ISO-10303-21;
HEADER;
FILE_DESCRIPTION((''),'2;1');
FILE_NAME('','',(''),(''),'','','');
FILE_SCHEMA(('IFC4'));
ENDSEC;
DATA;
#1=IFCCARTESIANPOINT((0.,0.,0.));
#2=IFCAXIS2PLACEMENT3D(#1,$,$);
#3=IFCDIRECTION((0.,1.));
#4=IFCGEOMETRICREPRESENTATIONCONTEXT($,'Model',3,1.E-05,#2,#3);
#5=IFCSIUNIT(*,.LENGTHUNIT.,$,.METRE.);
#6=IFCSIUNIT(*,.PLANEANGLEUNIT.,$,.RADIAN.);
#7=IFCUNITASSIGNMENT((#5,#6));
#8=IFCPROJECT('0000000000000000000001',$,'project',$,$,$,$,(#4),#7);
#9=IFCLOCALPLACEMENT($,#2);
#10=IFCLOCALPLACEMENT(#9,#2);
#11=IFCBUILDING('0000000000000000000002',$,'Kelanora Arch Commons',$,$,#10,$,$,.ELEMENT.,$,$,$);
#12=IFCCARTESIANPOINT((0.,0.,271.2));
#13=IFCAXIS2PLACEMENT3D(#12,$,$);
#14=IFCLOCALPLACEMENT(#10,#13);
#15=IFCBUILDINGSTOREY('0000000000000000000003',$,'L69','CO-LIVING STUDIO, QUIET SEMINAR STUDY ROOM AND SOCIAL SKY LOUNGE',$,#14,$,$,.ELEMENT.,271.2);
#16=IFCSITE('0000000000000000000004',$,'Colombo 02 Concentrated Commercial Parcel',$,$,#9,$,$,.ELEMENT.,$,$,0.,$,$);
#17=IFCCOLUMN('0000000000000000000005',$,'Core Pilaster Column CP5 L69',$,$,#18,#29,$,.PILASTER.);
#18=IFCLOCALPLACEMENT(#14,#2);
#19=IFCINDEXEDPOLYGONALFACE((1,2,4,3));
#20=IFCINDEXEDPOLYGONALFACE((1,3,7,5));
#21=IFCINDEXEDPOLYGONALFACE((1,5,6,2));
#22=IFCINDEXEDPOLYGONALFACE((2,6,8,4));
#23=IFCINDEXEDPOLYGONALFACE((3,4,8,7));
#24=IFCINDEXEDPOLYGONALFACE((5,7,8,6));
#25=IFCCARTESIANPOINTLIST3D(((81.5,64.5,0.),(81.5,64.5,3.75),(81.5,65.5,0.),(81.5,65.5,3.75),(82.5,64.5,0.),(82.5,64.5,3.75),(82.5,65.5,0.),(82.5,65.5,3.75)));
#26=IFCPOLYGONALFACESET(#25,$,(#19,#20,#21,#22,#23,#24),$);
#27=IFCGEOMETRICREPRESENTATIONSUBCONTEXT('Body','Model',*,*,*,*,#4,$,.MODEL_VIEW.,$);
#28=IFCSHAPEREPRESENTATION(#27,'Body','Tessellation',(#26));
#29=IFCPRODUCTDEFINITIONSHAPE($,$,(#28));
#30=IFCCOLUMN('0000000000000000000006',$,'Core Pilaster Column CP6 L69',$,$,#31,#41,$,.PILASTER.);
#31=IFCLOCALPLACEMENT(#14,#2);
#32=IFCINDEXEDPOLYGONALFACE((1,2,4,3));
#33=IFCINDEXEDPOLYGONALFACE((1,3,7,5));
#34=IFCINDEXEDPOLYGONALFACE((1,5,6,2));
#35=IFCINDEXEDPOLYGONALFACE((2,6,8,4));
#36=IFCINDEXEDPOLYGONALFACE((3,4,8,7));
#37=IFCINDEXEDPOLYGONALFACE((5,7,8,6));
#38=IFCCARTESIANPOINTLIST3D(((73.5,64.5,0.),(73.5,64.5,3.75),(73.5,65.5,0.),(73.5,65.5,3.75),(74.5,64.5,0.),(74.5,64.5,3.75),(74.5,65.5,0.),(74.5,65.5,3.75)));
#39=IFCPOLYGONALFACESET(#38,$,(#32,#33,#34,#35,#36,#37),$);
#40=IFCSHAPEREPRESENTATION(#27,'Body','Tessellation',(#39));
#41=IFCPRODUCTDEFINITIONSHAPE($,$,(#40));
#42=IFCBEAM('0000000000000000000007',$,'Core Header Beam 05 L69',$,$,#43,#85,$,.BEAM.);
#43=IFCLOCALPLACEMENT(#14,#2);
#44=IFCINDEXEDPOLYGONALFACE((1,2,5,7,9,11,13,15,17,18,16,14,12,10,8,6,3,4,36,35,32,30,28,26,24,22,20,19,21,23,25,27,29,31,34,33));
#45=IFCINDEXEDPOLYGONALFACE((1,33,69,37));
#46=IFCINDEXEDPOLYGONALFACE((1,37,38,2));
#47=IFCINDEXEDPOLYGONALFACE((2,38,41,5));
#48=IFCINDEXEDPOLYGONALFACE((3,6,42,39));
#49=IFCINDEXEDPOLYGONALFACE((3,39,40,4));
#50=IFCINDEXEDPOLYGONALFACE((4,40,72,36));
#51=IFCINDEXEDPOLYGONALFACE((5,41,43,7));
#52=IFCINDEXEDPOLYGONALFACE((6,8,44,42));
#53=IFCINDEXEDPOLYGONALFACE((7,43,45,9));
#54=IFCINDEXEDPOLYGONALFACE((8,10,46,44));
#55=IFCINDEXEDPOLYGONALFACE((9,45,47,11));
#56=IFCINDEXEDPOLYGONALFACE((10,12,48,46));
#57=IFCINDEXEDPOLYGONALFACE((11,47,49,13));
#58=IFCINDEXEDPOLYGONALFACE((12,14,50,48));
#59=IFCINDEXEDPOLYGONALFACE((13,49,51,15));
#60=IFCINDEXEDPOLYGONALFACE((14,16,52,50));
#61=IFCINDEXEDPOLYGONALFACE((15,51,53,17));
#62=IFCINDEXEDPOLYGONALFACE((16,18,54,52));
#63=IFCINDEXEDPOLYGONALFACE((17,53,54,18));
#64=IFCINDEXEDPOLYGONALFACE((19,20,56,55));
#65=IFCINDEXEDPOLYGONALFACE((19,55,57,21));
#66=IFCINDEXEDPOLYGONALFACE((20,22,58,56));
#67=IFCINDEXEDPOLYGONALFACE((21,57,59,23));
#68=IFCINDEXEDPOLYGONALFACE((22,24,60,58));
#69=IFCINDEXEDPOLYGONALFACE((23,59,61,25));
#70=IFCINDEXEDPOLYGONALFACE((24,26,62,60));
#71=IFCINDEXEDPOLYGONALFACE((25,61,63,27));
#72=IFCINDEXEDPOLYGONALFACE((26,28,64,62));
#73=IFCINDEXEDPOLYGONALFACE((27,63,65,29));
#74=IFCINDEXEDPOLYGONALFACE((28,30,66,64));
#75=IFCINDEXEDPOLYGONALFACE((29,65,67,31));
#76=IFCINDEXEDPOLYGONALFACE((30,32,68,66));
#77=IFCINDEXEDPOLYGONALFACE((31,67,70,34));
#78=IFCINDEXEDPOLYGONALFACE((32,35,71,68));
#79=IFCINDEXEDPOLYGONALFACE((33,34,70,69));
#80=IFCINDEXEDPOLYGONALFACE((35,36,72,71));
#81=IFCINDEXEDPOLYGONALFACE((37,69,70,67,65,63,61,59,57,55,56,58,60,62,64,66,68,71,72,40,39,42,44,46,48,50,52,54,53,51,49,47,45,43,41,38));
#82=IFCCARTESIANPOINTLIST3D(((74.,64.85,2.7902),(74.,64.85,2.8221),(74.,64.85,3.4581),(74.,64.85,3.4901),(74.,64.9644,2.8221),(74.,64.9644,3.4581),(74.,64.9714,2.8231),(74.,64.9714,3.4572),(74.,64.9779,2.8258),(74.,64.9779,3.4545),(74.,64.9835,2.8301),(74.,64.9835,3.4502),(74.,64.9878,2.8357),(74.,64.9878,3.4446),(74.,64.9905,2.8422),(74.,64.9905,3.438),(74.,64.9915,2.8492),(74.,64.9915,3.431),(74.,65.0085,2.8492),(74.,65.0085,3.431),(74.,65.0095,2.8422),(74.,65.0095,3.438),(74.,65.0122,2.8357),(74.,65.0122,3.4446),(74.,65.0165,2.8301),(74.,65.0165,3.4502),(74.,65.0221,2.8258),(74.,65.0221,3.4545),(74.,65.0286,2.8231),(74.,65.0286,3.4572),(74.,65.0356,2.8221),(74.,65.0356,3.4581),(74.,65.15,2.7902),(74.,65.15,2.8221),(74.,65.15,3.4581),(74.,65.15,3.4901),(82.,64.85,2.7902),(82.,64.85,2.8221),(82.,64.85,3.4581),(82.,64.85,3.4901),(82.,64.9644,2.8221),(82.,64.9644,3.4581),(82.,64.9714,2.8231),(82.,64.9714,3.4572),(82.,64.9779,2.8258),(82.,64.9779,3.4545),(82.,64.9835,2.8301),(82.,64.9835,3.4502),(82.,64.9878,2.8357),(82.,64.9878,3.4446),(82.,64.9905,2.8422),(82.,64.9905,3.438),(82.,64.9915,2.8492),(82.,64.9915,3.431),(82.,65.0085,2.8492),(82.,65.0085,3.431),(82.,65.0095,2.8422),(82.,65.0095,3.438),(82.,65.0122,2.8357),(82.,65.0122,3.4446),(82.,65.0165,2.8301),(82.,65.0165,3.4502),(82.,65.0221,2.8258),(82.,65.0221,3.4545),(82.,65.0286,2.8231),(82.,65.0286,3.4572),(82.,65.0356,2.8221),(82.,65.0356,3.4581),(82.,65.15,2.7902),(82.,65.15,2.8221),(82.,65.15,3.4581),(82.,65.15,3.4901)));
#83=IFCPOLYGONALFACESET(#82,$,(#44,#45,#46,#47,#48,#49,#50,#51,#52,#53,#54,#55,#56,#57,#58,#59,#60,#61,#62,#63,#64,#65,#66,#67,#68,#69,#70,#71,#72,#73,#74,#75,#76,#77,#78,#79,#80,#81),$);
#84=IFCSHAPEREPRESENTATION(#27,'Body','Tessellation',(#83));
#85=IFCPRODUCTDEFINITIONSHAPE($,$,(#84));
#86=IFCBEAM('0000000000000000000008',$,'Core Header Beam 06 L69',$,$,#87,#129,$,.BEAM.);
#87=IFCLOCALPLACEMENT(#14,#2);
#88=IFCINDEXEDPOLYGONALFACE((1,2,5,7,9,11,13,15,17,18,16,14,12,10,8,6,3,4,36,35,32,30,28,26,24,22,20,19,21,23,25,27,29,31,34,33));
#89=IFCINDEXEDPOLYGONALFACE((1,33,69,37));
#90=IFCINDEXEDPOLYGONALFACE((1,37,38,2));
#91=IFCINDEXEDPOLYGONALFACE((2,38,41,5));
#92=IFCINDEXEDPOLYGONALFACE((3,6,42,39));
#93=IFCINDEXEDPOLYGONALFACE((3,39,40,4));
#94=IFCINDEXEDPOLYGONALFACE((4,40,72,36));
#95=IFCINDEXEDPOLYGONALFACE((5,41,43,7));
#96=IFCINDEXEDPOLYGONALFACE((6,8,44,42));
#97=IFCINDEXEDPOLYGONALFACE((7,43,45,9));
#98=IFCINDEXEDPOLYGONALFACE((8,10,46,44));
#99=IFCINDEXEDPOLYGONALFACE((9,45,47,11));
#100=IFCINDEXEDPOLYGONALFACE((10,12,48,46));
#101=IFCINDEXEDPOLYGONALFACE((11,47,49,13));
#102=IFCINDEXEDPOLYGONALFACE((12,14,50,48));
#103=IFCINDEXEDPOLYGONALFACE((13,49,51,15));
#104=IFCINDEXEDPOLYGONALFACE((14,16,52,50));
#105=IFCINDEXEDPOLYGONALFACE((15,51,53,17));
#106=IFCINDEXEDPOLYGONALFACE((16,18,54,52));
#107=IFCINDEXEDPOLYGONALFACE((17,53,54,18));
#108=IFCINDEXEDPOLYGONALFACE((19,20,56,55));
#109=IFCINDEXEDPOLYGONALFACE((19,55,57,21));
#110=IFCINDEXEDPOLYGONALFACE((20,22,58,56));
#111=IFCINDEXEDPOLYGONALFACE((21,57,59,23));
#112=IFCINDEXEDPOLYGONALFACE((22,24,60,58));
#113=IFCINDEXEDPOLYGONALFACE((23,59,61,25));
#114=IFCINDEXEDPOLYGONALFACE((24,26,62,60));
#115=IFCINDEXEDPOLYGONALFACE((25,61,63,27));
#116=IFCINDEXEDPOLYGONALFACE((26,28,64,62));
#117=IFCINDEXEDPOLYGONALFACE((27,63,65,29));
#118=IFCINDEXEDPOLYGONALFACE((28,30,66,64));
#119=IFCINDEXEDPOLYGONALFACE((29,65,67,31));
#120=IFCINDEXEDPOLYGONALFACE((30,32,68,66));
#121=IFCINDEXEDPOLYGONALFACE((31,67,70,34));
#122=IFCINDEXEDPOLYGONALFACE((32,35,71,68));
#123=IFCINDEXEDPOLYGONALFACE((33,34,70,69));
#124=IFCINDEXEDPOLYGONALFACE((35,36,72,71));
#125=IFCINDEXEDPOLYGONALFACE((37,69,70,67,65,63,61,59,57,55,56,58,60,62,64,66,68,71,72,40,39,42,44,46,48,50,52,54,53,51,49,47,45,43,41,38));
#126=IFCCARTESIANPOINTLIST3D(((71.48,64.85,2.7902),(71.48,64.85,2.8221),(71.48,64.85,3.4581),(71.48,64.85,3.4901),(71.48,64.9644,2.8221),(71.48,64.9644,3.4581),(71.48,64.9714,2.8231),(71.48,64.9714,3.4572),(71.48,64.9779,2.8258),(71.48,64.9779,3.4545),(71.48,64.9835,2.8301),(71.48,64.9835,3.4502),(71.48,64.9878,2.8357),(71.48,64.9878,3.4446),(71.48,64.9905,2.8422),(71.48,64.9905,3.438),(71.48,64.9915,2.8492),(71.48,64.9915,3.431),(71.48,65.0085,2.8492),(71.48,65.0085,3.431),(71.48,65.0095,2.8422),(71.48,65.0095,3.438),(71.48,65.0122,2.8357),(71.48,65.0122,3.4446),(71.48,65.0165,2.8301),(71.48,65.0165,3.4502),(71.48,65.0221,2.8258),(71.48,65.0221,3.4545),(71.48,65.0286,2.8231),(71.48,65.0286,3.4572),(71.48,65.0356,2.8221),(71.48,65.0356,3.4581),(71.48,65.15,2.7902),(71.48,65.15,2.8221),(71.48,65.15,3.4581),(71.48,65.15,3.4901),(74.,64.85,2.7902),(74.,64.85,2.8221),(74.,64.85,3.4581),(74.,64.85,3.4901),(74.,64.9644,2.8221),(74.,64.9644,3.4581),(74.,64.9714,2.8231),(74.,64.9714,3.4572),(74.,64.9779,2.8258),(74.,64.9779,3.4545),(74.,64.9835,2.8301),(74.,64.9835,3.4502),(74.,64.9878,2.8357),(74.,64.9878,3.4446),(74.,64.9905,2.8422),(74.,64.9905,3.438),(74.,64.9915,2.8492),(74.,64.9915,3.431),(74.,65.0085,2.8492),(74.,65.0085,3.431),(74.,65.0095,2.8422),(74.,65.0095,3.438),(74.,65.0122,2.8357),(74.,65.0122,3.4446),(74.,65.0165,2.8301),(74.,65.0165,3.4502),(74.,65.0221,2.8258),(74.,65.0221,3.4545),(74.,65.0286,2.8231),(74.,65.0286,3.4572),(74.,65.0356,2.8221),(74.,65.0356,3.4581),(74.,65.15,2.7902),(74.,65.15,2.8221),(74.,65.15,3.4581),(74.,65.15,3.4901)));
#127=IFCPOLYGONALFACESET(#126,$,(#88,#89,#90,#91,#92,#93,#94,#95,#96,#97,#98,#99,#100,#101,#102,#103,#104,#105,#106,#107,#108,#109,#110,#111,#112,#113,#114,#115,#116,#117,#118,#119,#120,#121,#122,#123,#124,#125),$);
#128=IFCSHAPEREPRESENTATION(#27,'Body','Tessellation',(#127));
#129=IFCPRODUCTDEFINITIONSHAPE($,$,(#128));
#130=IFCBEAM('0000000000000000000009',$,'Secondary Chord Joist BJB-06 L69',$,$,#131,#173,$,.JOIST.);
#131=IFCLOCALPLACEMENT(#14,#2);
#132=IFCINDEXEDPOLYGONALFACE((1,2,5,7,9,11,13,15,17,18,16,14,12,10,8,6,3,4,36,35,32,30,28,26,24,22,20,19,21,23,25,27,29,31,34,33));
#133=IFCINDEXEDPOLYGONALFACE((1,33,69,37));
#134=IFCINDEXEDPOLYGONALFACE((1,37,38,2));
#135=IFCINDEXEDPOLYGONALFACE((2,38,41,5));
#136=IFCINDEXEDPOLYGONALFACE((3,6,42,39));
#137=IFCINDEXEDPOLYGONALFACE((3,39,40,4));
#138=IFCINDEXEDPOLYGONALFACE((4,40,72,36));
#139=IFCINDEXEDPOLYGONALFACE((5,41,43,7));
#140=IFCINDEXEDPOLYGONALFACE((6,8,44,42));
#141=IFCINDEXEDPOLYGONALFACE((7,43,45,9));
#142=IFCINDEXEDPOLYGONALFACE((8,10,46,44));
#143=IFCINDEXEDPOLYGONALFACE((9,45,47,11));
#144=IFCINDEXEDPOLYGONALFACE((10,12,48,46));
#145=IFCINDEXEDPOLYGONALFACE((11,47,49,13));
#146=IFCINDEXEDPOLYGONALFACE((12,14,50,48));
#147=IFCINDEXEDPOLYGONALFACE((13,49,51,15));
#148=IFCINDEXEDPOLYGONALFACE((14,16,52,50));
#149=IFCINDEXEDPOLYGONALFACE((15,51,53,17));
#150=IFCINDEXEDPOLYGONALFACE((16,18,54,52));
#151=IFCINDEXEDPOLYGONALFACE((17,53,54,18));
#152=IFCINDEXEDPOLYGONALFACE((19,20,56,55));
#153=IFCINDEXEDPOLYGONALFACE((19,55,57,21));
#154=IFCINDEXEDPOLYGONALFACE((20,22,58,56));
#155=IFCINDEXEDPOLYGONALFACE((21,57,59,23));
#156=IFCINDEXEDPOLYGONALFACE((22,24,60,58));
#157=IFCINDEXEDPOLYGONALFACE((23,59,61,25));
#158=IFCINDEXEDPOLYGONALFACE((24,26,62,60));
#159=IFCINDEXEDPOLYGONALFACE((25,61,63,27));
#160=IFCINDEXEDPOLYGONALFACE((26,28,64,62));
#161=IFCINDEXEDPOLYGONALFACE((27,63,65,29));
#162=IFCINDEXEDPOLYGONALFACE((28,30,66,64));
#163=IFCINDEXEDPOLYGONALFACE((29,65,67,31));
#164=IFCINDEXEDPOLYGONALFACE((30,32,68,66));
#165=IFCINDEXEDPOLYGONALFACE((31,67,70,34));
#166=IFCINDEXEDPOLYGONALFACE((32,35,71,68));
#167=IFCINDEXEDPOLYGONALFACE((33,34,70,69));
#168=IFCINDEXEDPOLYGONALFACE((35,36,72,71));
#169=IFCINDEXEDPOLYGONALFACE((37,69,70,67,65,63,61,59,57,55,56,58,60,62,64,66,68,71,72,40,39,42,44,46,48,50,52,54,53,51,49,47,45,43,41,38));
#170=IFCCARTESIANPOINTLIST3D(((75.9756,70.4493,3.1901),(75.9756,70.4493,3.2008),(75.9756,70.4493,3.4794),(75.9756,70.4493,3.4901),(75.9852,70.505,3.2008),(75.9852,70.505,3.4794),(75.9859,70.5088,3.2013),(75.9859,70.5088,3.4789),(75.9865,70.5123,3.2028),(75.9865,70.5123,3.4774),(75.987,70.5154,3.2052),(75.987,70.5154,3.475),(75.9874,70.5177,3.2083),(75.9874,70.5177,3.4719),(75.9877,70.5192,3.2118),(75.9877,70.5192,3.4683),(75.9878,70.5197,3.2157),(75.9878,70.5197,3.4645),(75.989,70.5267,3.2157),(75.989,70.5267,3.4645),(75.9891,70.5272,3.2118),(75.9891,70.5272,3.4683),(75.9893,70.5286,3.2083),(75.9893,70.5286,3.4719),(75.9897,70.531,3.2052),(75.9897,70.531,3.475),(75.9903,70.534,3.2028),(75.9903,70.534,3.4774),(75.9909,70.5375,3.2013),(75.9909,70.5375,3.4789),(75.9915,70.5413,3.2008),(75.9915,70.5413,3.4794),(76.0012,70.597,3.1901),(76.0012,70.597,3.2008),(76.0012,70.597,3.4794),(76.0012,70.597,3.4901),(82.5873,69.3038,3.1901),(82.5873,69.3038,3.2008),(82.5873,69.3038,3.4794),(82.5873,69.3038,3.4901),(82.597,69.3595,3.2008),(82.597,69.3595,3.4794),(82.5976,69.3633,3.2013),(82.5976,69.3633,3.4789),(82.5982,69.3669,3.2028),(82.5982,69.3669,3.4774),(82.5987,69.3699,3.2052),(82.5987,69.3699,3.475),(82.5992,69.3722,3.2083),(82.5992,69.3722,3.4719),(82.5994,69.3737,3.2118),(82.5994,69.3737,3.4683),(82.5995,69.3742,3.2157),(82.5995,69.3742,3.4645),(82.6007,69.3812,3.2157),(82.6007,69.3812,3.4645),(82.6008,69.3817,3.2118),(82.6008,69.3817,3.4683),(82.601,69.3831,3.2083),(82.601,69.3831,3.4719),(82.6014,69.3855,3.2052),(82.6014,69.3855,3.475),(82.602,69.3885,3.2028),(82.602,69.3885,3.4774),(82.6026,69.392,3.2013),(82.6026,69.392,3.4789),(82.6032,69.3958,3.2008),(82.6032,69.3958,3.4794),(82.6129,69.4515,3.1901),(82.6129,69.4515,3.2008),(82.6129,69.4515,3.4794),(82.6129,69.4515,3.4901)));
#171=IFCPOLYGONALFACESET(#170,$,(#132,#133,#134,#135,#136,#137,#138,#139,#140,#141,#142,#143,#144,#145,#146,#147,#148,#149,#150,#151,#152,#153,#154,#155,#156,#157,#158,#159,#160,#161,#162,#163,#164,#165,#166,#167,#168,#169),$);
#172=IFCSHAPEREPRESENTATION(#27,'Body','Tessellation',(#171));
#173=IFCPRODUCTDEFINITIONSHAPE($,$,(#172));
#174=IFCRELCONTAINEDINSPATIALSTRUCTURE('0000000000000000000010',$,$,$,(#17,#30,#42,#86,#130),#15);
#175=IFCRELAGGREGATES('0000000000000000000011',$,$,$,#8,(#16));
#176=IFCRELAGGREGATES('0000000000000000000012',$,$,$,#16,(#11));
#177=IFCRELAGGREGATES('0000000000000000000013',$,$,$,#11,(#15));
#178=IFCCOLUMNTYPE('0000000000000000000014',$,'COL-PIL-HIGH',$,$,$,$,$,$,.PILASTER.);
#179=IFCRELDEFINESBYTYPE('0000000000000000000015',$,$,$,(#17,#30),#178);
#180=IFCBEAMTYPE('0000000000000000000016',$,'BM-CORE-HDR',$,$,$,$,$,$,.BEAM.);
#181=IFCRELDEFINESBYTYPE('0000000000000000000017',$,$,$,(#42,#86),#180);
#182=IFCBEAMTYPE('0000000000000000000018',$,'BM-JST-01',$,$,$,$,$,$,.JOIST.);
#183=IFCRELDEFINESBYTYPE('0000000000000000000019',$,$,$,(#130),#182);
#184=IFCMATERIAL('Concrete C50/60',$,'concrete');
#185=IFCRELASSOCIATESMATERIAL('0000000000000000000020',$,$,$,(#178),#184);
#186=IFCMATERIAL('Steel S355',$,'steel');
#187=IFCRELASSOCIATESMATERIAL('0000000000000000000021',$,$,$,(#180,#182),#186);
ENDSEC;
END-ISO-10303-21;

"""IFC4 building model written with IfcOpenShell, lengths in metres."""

from ifc_helpers import new_model, si_unit, direction, frame, origin, origin_2d, place, context, subcontext, project, spatial, rectangle, i_section, extrude, material, material_profile, profile_set, type_object, element, save


model = new_model("IFC4")

# Units and contexts
model_context = context("Model", 3, precision=1e-05, world=origin(), true_north=direction((0.0, 1.0)))
body_context = subcontext(model_context, "Body", "Model", "MODEL_VIEW")
ifc_project = project(units=[si_unit("LENGTHUNIT", "METRE"), si_unit("PLANEANGLEUNIT", "RADIAN")], contexts=[model_context])

# Site, building, storey
site_placement = place(None, origin())
site = spatial("IfcSite", under=ifc_project, at=site_placement, Name="Colombo 02 Concentrated Commercial Parcel", CompositionType="ELEMENT", RefElevation=0.0)
building_placement = place(site_placement, origin())
building = spatial("IfcBuilding", under=site, at=building_placement, Name="Kelanora Arch Commons", CompositionType="ELEMENT")
storey_placement = place(building_placement, frame((0.0, 0.0, 271.2)))
storey = spatial("IfcBuildingStorey", under=building, at=storey_placement, Name="L69", Description="CO-LIVING STUDIO, QUIET SEMINAR STUDY ROOM AND SOCIAL SKY LOUNGE", CompositionType="ELEMENT", Elevation=271.2)

# Columns
ifc_material_1 = material(Name="Concrete C50/60", Category="concrete")
ifc_material_profile_1 = material_profile(ifc_material_1, rectangle(XDim=1.0, YDim=1.0, at=origin_2d()), Name="RC1000x1000")
ifc_profile_set_1 = profile_set([ifc_material_profile_1], Name="Concrete C50/60")
column_type = type_object("IfcColumnType", Name="COL-PIL-HIGH", PredefinedType="PILASTER", material=ifc_profile_set_1)
for number, where, z_axis, x_axis, name in (
    (1, (82.0, 65.0, 0.0), (0.0, 0.0, 1.0), (1.0, 0.0, 0.0), "Core Pilaster Column CP5 L69"),
    (2, (74.0, 65.0, 0.0), (0.0, 0.0, 1.0), (1.0, 0.0, 0.0), "Core Pilaster Column CP6 L69"),
):
    element("IfcColumn", number, at=place(storey_placement, frame(where, z_axis=z_axis, x_axis=x_axis)), inside=storey, type_object=column_type, Name=name, PredefinedType="PILASTER", context=body_context, shape_type="SweptSolid", body=[
        extrude(rectangle(XDim=1.0, YDim=1.0, at=origin_2d()), origin(), (0.0, 0.0, 1.0), 3.75),
    ])

# Beams
ifc_material_2 = material(Name="Steel S355", Category="steel")
ifc_material_profile_2 = material_profile(ifc_material_2, i_section(OverallWidth=0.3, OverallDepth=0.7, WebThickness=0.0171, FlangeThickness=0.032, FilletRadius=0.0271, at=origin_2d()), Name="HEB700")
ifc_profile_set_2 = profile_set([ifc_material_profile_2], Name="Steel S355")
beam_type_1 = type_object("IfcBeamType", Name="BM-CORE-HDR", PredefinedType="BEAM", material=ifc_profile_set_2)
beam_1_placement = place(storey_placement, frame((82.0, 65.0, 3.1401), z_axis=(-1.0, 0.0, 0.0), x_axis=(0.0, -1.0, 0.0)))
element("IfcBeam", 3, at=beam_1_placement, inside=storey, type_object=beam_type_1, Name="Core Header Beam 05 L69", PredefinedType="BEAM", context=body_context, shape_type="SweptSolid", body=[
    extrude(i_section(OverallWidth=0.3, OverallDepth=0.7, WebThickness=0.0171, FlangeThickness=0.032, FilletRadius=0.0271, at=origin_2d()), origin(), (0.0, 0.0, 1.0), 8.0),
])
beam_2_placement = place(storey_placement, frame((74.0, 65.0, 3.1401), z_axis=(-1.0, 0.0, 0.0), x_axis=(0.0, -1.0, 0.0)))
element("IfcBeam", 4, at=beam_2_placement, inside=storey, type_object=beam_type_1, Name="Core Header Beam 06 L69", PredefinedType="BEAM", context=body_context, shape_type="SweptSolid", body=[
    extrude(i_section(OverallWidth=0.3, OverallDepth=0.7, WebThickness=0.0171, FlangeThickness=0.032, FilletRadius=0.0271, at=origin_2d()), origin(), (0.0, 0.0, 1.0), 2.52),
])
ifc_material_profile_3 = material_profile(ifc_material_2, i_section(OverallWidth=0.1499, OverallDepth=0.3, WebThickness=0.0071, FlangeThickness=0.0107, FilletRadius=0.0149, at=origin_2d()), Name="IPE300")
ifc_profile_set_3 = profile_set([ifc_material_profile_3], Name="Steel S355")
beam_type_2 = type_object("IfcBeamType", Name="BM-JST-01", PredefinedType="JOIST", material=ifc_profile_set_3)
beam_3_placement = place(storey_placement, frame((82.6001, 69.3777, 3.3401), z_axis=(-0.985322, 0.170709, 0.0), x_axis=(-0.170709, -0.985322, 0.0)))
element("IfcBeam", 5, at=beam_3_placement, inside=storey, type_object=beam_type_2, Name="Secondary Chord Joist BJB-06 L69", PredefinedType="JOIST", context=body_context, shape_type="SweptSolid", body=[
    extrude(i_section(OverallWidth=0.1499, OverallDepth=0.3, WebThickness=0.0071, FlangeThickness=0.0107, FilletRadius=0.0149, at=origin_2d()), origin(), (0.0, 0.0, 1.0), 6.7102),
])

save(model, "model.ifc")
